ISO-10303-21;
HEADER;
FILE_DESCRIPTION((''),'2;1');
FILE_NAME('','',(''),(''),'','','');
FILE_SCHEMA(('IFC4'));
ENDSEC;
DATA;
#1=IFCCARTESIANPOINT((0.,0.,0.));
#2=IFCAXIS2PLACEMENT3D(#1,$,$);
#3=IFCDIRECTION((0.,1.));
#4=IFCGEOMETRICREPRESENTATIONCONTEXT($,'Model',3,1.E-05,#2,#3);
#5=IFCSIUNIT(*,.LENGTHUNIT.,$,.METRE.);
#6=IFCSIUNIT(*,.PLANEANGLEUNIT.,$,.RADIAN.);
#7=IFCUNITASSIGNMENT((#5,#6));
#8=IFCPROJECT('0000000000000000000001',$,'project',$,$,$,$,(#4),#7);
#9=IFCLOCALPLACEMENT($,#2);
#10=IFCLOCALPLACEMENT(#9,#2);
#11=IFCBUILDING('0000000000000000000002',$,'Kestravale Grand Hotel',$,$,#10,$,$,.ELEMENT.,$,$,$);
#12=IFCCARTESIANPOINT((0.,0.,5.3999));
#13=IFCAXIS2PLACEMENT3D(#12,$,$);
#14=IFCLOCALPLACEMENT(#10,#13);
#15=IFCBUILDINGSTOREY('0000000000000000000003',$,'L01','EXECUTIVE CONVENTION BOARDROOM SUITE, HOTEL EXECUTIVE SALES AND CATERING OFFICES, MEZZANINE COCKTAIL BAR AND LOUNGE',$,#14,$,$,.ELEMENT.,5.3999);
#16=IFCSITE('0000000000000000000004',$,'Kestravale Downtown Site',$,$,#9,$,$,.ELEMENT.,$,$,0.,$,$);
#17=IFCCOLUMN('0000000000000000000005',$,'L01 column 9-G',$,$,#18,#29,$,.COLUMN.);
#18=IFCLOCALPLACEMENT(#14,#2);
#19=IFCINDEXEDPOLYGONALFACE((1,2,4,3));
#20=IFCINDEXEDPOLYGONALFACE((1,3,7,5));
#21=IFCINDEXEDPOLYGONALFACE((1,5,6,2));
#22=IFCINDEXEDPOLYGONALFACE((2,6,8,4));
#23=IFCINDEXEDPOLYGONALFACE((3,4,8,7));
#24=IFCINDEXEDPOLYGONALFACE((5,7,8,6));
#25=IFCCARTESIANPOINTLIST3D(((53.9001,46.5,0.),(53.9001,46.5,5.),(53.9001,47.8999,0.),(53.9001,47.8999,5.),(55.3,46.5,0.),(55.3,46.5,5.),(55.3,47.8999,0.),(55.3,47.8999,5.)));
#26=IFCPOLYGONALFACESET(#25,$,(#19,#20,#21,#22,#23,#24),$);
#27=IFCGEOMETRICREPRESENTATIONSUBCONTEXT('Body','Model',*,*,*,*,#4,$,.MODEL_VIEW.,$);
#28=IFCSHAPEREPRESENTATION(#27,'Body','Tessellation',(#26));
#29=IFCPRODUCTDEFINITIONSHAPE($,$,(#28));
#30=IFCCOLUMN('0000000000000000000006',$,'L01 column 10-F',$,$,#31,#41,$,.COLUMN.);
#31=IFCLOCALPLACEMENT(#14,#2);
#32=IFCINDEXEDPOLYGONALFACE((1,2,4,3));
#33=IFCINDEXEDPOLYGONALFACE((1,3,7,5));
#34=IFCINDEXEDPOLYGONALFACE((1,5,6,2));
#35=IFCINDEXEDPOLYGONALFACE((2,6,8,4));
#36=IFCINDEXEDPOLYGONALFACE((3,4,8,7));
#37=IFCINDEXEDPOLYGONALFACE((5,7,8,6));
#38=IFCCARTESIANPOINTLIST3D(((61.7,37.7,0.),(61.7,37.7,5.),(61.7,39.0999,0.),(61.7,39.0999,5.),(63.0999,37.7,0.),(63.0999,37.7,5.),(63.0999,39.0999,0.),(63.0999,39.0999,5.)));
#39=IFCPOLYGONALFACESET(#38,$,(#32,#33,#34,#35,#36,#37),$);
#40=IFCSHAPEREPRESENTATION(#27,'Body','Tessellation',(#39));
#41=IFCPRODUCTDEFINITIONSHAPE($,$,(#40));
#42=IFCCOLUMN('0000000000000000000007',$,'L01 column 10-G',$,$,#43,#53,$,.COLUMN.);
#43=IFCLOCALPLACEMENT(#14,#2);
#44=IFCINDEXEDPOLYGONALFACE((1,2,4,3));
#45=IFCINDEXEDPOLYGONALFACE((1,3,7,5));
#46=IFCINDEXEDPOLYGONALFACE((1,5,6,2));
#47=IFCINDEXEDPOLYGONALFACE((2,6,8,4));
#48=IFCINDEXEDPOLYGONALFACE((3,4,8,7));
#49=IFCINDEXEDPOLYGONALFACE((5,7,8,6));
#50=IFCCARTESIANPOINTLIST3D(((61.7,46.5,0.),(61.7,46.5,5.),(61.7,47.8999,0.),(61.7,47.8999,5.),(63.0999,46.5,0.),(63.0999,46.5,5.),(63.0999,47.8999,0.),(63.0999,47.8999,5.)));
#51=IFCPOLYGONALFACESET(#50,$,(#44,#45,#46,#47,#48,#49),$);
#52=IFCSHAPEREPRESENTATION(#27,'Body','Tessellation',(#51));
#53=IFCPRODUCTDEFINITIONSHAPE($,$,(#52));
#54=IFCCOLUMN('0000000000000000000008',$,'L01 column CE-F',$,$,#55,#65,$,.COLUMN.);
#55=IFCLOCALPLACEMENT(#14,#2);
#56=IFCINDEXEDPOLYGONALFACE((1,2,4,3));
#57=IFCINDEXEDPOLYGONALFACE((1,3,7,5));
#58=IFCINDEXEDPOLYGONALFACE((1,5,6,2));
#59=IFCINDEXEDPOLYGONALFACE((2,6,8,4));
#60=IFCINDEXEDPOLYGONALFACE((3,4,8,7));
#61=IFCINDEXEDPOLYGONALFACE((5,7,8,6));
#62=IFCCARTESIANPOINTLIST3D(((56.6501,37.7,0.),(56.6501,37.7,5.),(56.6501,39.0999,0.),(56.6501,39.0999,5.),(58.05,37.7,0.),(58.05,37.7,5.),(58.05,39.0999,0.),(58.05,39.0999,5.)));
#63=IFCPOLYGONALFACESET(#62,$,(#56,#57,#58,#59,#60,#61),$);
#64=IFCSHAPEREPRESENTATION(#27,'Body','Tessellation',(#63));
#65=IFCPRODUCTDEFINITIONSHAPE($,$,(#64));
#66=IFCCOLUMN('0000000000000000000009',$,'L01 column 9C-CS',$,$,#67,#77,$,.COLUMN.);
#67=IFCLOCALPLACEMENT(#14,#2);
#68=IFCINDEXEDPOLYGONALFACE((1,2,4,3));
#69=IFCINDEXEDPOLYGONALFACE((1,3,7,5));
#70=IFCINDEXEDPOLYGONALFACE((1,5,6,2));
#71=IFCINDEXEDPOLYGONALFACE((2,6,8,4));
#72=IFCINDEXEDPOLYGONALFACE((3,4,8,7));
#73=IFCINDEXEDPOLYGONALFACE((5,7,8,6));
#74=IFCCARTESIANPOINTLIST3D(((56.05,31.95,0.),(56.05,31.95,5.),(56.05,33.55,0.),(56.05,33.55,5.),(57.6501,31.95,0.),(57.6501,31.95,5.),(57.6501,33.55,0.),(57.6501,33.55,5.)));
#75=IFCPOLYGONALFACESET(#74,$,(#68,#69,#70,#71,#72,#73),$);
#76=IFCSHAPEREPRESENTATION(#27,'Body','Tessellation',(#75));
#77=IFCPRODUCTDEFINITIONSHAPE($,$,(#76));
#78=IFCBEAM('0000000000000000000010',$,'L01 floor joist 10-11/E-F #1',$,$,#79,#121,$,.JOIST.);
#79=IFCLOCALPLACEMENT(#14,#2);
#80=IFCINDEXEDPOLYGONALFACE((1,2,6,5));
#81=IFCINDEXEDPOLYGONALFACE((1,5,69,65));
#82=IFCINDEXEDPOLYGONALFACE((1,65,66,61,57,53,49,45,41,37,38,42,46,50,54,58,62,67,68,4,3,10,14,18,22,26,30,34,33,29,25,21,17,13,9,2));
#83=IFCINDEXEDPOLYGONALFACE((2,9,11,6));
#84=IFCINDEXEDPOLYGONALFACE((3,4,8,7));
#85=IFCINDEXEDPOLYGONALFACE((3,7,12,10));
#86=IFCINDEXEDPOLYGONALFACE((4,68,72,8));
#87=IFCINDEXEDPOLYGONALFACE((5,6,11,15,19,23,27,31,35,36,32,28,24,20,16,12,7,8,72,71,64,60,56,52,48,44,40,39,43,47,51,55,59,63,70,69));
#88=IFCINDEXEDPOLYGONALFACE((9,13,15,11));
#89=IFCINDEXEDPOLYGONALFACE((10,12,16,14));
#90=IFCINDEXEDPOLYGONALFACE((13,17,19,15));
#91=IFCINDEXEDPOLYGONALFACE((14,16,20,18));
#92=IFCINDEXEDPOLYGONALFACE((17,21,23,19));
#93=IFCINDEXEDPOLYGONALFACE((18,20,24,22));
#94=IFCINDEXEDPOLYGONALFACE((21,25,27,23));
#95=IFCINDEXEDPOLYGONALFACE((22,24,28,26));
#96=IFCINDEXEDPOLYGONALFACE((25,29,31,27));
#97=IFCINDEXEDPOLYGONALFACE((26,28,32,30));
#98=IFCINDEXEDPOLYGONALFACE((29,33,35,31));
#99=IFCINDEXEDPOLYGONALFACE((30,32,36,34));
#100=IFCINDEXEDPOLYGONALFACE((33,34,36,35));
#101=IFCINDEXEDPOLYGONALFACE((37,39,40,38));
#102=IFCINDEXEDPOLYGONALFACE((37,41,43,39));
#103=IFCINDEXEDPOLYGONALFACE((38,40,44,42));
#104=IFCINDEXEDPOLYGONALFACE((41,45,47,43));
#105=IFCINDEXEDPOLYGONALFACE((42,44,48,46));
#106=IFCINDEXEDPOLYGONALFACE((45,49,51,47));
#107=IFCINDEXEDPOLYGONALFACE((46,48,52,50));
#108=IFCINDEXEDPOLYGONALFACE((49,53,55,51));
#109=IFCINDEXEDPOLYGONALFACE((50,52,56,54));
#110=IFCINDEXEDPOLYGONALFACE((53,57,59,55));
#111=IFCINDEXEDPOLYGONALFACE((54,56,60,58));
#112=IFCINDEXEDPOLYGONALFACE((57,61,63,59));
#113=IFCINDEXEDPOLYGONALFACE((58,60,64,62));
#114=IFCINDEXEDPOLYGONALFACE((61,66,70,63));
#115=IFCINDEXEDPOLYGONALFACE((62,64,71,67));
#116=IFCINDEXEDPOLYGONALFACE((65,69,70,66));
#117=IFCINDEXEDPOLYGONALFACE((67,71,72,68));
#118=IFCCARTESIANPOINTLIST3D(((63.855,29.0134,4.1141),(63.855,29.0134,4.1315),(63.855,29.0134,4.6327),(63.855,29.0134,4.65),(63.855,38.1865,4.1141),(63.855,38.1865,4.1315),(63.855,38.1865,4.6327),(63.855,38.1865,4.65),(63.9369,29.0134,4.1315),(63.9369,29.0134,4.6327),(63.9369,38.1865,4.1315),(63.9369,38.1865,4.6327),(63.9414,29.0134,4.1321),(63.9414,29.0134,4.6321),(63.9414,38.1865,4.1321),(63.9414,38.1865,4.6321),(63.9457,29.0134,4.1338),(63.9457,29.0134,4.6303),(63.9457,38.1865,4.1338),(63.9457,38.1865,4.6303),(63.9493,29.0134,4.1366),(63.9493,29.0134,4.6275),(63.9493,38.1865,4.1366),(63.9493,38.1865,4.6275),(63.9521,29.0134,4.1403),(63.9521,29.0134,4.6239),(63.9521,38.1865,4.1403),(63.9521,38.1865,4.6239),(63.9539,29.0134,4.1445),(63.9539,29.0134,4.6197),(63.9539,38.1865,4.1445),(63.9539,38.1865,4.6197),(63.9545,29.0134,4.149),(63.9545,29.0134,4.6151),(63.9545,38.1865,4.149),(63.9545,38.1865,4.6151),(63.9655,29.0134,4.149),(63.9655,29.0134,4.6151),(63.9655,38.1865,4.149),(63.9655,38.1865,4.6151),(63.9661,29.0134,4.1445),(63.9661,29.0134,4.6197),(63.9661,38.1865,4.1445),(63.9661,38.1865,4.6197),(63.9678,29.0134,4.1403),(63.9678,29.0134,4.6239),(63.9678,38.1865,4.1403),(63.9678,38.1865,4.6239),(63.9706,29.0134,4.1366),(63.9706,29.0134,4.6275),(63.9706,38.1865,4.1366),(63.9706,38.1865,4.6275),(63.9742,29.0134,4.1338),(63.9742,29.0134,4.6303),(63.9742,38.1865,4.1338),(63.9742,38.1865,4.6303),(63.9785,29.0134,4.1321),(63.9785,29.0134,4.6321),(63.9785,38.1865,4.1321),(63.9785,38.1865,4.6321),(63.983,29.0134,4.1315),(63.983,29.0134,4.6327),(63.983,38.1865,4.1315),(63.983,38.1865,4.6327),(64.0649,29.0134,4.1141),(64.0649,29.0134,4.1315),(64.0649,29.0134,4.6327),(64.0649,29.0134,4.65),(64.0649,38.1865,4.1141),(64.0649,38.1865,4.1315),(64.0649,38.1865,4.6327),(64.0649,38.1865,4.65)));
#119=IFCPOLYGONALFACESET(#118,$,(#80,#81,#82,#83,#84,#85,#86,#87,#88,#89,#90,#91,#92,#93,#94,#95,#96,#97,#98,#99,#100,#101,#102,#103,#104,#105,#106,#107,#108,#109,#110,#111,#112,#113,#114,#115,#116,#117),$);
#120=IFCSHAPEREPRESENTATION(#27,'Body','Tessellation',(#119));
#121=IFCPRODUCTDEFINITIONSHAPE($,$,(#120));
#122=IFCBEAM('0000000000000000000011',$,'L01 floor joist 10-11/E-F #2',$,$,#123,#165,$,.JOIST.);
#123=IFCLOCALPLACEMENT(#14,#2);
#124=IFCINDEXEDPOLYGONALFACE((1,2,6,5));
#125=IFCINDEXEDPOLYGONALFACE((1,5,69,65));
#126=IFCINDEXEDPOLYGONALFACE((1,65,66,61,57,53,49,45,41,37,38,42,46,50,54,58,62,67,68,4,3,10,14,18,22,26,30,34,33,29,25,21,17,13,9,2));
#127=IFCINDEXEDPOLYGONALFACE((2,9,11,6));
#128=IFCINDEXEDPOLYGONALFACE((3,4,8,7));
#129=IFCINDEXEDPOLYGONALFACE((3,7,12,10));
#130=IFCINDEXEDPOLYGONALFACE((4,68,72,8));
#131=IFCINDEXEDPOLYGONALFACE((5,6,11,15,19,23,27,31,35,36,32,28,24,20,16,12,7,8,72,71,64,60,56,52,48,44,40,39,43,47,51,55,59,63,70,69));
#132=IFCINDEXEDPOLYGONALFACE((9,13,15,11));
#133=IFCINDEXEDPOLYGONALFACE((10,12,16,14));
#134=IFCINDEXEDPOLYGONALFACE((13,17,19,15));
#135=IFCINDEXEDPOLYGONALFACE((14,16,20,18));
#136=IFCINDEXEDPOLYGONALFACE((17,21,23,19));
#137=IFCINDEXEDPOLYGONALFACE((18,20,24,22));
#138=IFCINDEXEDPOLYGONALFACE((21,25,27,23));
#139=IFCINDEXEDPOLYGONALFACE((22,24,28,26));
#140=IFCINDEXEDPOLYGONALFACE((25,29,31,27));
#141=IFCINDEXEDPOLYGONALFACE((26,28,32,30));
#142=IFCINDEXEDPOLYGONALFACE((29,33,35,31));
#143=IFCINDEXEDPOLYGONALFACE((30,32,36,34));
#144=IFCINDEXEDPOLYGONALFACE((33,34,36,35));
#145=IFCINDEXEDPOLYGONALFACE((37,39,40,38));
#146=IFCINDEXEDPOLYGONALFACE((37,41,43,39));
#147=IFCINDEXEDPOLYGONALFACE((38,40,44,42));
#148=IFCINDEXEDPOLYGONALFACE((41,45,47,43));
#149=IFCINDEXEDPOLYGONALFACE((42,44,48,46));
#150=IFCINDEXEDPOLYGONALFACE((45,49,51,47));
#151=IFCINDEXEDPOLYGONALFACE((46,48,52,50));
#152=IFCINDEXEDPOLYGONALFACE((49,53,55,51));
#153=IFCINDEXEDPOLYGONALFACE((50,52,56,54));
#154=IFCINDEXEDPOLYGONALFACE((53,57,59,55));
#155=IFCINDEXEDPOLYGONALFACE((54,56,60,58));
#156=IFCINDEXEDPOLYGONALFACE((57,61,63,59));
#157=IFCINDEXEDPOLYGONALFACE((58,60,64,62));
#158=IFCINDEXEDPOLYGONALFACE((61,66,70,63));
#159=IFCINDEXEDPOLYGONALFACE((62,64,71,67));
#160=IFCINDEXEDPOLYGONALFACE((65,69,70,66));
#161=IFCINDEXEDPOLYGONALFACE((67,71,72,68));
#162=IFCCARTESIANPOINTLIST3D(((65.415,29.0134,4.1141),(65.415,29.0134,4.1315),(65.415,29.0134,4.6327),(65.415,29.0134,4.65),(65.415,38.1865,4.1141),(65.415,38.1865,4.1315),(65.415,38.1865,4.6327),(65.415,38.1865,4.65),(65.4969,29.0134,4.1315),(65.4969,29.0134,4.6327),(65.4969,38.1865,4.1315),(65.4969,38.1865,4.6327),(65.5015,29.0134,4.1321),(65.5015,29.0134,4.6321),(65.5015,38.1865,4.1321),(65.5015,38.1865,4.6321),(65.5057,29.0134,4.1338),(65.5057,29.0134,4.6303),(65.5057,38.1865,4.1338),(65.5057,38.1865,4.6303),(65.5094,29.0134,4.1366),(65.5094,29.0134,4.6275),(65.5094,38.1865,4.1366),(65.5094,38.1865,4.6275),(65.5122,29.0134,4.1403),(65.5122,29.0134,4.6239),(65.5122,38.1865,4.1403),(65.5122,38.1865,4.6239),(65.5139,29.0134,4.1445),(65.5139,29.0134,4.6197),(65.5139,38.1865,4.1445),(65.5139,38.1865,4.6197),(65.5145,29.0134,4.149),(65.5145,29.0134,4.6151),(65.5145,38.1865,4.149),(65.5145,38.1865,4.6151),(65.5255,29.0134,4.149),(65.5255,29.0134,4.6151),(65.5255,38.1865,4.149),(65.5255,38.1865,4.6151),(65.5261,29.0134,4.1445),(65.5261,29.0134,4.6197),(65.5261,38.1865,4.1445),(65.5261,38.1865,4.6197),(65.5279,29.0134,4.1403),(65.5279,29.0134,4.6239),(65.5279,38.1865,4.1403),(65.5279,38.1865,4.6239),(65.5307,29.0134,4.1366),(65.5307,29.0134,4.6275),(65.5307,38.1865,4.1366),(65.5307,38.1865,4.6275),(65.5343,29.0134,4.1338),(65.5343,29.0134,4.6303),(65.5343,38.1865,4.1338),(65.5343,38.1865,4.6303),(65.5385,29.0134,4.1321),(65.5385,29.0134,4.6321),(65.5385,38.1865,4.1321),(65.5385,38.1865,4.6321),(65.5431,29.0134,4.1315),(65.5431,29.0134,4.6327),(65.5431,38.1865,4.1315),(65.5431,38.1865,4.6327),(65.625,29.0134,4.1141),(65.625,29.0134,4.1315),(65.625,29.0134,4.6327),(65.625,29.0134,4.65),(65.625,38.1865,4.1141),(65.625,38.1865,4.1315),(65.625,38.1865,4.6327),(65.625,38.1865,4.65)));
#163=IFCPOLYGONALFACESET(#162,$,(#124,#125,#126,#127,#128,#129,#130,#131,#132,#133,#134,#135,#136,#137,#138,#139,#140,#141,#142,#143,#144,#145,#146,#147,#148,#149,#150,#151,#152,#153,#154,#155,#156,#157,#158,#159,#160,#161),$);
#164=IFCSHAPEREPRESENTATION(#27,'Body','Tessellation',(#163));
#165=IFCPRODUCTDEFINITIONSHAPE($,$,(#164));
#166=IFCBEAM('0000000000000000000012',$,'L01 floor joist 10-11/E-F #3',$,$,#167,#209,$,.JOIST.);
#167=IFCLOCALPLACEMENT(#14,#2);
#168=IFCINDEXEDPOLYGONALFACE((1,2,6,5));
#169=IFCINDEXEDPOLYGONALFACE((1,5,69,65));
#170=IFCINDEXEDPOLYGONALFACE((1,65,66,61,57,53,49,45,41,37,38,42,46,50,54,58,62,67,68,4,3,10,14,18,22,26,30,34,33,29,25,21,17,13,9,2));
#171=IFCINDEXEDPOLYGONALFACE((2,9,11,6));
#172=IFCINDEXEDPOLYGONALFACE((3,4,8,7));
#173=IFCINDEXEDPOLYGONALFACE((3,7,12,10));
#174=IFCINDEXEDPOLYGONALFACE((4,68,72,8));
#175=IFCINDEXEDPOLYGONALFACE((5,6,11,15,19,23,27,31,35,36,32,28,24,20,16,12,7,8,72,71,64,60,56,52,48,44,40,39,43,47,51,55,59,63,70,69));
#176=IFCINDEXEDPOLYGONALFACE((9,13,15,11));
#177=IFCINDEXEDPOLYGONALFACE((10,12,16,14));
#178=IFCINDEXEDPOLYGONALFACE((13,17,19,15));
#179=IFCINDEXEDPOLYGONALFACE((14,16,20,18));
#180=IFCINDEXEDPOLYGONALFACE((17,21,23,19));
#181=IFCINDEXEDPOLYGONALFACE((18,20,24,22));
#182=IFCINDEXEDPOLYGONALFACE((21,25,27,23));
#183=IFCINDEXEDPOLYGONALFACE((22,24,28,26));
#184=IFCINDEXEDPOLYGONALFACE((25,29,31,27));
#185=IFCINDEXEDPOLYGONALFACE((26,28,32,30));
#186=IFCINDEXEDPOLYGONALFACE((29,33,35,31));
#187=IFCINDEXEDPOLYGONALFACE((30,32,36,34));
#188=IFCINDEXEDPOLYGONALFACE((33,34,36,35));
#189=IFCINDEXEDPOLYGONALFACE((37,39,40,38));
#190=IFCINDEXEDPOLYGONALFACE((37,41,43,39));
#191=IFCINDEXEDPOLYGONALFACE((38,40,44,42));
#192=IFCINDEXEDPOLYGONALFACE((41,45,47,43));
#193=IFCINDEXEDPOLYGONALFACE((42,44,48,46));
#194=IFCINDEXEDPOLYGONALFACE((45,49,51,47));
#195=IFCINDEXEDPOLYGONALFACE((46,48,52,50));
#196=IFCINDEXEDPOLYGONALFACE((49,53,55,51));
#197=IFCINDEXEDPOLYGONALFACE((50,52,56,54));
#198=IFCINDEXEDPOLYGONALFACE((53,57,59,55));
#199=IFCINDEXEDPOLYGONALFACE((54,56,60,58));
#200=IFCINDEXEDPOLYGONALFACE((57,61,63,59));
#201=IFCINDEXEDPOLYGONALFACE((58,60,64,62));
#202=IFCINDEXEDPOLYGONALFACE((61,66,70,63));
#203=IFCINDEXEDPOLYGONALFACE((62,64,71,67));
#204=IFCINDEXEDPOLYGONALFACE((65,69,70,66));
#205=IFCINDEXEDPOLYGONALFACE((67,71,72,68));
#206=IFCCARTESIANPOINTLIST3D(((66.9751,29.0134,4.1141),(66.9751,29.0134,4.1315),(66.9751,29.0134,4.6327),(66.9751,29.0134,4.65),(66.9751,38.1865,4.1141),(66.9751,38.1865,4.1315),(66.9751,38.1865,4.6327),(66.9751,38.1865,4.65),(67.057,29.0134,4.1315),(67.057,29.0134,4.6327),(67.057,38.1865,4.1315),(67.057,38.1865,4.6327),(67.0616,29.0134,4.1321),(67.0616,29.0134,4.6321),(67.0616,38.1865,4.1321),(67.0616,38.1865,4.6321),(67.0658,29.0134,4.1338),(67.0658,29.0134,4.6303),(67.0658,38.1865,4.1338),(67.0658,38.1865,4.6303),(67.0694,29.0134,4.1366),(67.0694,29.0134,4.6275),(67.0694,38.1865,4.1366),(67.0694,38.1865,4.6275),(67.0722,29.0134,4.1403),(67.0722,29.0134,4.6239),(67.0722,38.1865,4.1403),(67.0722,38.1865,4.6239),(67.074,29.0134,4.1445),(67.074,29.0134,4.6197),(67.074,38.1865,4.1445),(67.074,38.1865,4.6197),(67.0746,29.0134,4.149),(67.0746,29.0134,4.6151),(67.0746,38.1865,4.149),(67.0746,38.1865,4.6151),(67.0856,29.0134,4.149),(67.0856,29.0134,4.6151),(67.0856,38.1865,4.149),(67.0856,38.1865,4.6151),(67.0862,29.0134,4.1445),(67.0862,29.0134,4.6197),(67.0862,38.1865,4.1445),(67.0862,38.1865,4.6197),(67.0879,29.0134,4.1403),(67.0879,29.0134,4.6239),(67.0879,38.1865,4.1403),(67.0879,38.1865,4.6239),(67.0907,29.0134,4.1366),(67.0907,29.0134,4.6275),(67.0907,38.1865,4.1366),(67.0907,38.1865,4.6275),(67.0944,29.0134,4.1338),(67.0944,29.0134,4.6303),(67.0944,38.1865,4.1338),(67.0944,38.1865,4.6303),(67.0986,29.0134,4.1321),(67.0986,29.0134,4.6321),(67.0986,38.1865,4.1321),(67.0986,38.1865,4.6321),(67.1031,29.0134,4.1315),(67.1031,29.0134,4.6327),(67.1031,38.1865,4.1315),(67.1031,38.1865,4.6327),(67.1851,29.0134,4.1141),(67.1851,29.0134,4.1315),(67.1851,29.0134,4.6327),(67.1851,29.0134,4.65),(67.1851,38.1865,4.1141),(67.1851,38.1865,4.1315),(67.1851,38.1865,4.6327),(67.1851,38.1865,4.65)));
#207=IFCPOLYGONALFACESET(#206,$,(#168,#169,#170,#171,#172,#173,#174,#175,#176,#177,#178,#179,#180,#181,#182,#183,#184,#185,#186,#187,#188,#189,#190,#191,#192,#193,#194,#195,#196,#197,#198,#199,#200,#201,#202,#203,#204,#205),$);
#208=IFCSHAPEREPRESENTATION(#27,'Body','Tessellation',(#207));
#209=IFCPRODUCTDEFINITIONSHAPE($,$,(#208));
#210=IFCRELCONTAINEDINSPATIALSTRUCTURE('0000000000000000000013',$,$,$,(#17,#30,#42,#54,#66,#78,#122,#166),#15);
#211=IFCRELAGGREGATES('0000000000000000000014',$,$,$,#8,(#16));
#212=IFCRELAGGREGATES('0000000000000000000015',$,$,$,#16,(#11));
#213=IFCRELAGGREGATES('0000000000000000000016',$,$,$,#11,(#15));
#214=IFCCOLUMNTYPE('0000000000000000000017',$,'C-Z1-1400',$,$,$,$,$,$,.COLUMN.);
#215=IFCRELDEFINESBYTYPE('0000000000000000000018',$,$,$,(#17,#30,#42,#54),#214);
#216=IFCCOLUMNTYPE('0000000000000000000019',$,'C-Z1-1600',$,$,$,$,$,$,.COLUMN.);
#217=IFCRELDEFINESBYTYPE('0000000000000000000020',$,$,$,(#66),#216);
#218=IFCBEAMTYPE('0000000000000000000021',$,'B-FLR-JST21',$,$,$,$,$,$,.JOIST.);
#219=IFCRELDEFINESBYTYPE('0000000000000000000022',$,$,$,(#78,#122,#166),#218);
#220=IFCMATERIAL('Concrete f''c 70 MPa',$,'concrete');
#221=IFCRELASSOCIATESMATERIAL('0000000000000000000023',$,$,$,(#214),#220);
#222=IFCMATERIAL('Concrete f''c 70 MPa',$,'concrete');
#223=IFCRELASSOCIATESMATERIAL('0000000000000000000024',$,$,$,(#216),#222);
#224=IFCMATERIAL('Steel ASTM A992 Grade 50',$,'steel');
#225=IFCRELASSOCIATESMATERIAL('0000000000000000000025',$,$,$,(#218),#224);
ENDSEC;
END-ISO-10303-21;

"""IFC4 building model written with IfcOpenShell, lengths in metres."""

from ifc_helpers import new_model, si_unit, direction, frame, origin, origin_2d, place, context, subcontext, project, spatial, rectangle, i_section, extrude, material, material_profile, profile_set, type_object, element, save


model = new_model("IFC4")

# Units and contexts
model_context = context("Model", 3, precision=1e-05, world=origin(), true_north=direction((0.0, 1.0)))
body_context = subcontext(model_context, "Body", "Model", "MODEL_VIEW")
ifc_project = project(units=[si_unit("LENGTHUNIT", "METRE"), si_unit("PLANEANGLEUNIT", "RADIAN")], contexts=[model_context])

# Site, building, storey
site_placement = place(None, origin())
site = spatial("IfcSite", under=ifc_project, at=site_placement, Name="Kestravale Downtown Site", CompositionType="ELEMENT", RefElevation=0.0)
building_placement = place(site_placement, origin())
building = spatial("IfcBuilding", under=site, at=building_placement, Name="Kestravale Grand Hotel", CompositionType="ELEMENT")
storey_placement = place(building_placement, frame((0.0, 0.0, 5.3999)))
storey = spatial("IfcBuildingStorey", under=building, at=storey_placement, Name="L01", Description="EXECUTIVE CONVENTION BOARDROOM SUITE, HOTEL EXECUTIVE SALES AND CATERING OFFICES, MEZZANINE COCKTAIL BAR AND LOUNGE", CompositionType="ELEMENT", Elevation=5.3999)

# Columns
ifc_material_1 = material(Name="Concrete f'c 70 MPa", Category="concrete")
ifc_material_profile_1 = material_profile(ifc_material_1, rectangle(XDim=1.3999, YDim=1.3999, at=origin_2d()))
ifc_profile_set_1 = profile_set([ifc_material_profile_1], Name="Concrete f'c 70 MPa")
column_type_1 = type_object("IfcColumnType", Name="C-Z1-1400", PredefinedType="COLUMN", material=ifc_profile_set_1)
for number, where, z_axis, x_axis, name in (
    (1, (54.6001, 47.2, 0.0), (0.0, 0.0, 1.0), (1.0, 0.0, 0.0), "L01 column 9-G"),
    (2, (62.3999, 38.3999, 0.0), (0.0, 0.0, 1.0), (1.0, 0.0, 0.0), "L01 column 10-F"),
    (3, (62.3999, 47.2, 0.0), (0.0, 0.0, 1.0), (1.0, 0.0, 0.0), "L01 column 10-G"),
    (4, (57.3501, 38.3999, 0.0), (0.0, 0.0, 1.0), (1.0, 0.0, 0.0), "L01 column CE-F"),
):
    element("IfcColumn", number, at=place(storey_placement, frame(where, z_axis=z_axis, x_axis=x_axis)), inside=storey, type_object=column_type_1, Name=name, PredefinedType="COLUMN", context=body_context, shape_type="SweptSolid", body=[
        extrude(rectangle(XDim=1.3999, YDim=1.3999, at=origin_2d()), origin(), (0.0, 0.0, 1.0), 5.0),
    ])
ifc_material_2 = material(Name="Concrete f'c 70 MPa", Category="concrete")
ifc_material_profile_2 = material_profile(ifc_material_2, rectangle(XDim=1.6001, YDim=1.6001, at=origin_2d()))
ifc_profile_set_2 = profile_set([ifc_material_profile_2], Name="Concrete f'c 70 MPa")
column_type_2 = type_object("IfcColumnType", Name="C-Z1-1600", PredefinedType="COLUMN", material=ifc_profile_set_2)
column_placement = place(storey_placement, frame((56.8501, 32.75, 0.0), z_axis=(0.0, 0.0, 1.0), x_axis=(1.0, 0.0, 0.0)))
element("IfcColumn", 5, at=column_placement, inside=storey, type_object=column_type_2, Name="L01 column 9C-CS", PredefinedType="COLUMN", context=body_context, shape_type="SweptSolid", body=[
    extrude(rectangle(XDim=1.6001, YDim=1.6001, at=origin_2d()), origin(), (0.0, 0.0, 1.0), 5.0),
])

# Beams
ifc_material_3 = material(Name="Steel ASTM A992 Grade 50", Category="steel")
ifc_material_profile_3 = material_profile(ifc_material_3, i_section(OverallWidth=0.21, OverallDepth=0.5359, WebThickness=0.011, FlangeThickness=0.0173, FilletRadius=0.0176, at=origin_2d()))
ifc_profile_set_3 = profile_set([ifc_material_profile_3], Name="Steel ASTM A992 Grade 50")
beam_type_1 = type_object("IfcBeamType", Name="B-FLR-JST21", PredefinedType="JOIST", material=ifc_profile_set_3)
for number, where, z_axis, x_axis, name in (
    (6, (63.96, 29.0134, 4.3821), (0.0, 1.0, 0.0), (-1.0, 0.0, 0.0), "L01 floor joist 10-11/E-F #1"),
    (7, (65.52, 29.0134, 4.3821), (0.0, 1.0, 0.0), (-1.0, 0.0, 0.0), "L01 floor joist 10-11/E-F #2"),
    (8, (67.0801, 29.0134, 4.3821), (0.0, 1.0, 0.0), (-1.0, 0.0, 0.0), "L01 floor joist 10-11/E-F #3"),
):
    element("IfcBeam", number, at=place(storey_placement, frame(where, z_axis=z_axis, x_axis=x_axis)), inside=storey, type_object=beam_type_1, Name=name, PredefinedType="JOIST", context=body_context, shape_type="SweptSolid", body=[
        extrude(i_section(OverallWidth=0.21, OverallDepth=0.5359, WebThickness=0.011, FlangeThickness=0.0173, FilletRadius=0.0176, at=origin_2d()), origin(), (0.0, 0.0, 1.0), 9.1731),
    ])

save(model, "model.ifc")
